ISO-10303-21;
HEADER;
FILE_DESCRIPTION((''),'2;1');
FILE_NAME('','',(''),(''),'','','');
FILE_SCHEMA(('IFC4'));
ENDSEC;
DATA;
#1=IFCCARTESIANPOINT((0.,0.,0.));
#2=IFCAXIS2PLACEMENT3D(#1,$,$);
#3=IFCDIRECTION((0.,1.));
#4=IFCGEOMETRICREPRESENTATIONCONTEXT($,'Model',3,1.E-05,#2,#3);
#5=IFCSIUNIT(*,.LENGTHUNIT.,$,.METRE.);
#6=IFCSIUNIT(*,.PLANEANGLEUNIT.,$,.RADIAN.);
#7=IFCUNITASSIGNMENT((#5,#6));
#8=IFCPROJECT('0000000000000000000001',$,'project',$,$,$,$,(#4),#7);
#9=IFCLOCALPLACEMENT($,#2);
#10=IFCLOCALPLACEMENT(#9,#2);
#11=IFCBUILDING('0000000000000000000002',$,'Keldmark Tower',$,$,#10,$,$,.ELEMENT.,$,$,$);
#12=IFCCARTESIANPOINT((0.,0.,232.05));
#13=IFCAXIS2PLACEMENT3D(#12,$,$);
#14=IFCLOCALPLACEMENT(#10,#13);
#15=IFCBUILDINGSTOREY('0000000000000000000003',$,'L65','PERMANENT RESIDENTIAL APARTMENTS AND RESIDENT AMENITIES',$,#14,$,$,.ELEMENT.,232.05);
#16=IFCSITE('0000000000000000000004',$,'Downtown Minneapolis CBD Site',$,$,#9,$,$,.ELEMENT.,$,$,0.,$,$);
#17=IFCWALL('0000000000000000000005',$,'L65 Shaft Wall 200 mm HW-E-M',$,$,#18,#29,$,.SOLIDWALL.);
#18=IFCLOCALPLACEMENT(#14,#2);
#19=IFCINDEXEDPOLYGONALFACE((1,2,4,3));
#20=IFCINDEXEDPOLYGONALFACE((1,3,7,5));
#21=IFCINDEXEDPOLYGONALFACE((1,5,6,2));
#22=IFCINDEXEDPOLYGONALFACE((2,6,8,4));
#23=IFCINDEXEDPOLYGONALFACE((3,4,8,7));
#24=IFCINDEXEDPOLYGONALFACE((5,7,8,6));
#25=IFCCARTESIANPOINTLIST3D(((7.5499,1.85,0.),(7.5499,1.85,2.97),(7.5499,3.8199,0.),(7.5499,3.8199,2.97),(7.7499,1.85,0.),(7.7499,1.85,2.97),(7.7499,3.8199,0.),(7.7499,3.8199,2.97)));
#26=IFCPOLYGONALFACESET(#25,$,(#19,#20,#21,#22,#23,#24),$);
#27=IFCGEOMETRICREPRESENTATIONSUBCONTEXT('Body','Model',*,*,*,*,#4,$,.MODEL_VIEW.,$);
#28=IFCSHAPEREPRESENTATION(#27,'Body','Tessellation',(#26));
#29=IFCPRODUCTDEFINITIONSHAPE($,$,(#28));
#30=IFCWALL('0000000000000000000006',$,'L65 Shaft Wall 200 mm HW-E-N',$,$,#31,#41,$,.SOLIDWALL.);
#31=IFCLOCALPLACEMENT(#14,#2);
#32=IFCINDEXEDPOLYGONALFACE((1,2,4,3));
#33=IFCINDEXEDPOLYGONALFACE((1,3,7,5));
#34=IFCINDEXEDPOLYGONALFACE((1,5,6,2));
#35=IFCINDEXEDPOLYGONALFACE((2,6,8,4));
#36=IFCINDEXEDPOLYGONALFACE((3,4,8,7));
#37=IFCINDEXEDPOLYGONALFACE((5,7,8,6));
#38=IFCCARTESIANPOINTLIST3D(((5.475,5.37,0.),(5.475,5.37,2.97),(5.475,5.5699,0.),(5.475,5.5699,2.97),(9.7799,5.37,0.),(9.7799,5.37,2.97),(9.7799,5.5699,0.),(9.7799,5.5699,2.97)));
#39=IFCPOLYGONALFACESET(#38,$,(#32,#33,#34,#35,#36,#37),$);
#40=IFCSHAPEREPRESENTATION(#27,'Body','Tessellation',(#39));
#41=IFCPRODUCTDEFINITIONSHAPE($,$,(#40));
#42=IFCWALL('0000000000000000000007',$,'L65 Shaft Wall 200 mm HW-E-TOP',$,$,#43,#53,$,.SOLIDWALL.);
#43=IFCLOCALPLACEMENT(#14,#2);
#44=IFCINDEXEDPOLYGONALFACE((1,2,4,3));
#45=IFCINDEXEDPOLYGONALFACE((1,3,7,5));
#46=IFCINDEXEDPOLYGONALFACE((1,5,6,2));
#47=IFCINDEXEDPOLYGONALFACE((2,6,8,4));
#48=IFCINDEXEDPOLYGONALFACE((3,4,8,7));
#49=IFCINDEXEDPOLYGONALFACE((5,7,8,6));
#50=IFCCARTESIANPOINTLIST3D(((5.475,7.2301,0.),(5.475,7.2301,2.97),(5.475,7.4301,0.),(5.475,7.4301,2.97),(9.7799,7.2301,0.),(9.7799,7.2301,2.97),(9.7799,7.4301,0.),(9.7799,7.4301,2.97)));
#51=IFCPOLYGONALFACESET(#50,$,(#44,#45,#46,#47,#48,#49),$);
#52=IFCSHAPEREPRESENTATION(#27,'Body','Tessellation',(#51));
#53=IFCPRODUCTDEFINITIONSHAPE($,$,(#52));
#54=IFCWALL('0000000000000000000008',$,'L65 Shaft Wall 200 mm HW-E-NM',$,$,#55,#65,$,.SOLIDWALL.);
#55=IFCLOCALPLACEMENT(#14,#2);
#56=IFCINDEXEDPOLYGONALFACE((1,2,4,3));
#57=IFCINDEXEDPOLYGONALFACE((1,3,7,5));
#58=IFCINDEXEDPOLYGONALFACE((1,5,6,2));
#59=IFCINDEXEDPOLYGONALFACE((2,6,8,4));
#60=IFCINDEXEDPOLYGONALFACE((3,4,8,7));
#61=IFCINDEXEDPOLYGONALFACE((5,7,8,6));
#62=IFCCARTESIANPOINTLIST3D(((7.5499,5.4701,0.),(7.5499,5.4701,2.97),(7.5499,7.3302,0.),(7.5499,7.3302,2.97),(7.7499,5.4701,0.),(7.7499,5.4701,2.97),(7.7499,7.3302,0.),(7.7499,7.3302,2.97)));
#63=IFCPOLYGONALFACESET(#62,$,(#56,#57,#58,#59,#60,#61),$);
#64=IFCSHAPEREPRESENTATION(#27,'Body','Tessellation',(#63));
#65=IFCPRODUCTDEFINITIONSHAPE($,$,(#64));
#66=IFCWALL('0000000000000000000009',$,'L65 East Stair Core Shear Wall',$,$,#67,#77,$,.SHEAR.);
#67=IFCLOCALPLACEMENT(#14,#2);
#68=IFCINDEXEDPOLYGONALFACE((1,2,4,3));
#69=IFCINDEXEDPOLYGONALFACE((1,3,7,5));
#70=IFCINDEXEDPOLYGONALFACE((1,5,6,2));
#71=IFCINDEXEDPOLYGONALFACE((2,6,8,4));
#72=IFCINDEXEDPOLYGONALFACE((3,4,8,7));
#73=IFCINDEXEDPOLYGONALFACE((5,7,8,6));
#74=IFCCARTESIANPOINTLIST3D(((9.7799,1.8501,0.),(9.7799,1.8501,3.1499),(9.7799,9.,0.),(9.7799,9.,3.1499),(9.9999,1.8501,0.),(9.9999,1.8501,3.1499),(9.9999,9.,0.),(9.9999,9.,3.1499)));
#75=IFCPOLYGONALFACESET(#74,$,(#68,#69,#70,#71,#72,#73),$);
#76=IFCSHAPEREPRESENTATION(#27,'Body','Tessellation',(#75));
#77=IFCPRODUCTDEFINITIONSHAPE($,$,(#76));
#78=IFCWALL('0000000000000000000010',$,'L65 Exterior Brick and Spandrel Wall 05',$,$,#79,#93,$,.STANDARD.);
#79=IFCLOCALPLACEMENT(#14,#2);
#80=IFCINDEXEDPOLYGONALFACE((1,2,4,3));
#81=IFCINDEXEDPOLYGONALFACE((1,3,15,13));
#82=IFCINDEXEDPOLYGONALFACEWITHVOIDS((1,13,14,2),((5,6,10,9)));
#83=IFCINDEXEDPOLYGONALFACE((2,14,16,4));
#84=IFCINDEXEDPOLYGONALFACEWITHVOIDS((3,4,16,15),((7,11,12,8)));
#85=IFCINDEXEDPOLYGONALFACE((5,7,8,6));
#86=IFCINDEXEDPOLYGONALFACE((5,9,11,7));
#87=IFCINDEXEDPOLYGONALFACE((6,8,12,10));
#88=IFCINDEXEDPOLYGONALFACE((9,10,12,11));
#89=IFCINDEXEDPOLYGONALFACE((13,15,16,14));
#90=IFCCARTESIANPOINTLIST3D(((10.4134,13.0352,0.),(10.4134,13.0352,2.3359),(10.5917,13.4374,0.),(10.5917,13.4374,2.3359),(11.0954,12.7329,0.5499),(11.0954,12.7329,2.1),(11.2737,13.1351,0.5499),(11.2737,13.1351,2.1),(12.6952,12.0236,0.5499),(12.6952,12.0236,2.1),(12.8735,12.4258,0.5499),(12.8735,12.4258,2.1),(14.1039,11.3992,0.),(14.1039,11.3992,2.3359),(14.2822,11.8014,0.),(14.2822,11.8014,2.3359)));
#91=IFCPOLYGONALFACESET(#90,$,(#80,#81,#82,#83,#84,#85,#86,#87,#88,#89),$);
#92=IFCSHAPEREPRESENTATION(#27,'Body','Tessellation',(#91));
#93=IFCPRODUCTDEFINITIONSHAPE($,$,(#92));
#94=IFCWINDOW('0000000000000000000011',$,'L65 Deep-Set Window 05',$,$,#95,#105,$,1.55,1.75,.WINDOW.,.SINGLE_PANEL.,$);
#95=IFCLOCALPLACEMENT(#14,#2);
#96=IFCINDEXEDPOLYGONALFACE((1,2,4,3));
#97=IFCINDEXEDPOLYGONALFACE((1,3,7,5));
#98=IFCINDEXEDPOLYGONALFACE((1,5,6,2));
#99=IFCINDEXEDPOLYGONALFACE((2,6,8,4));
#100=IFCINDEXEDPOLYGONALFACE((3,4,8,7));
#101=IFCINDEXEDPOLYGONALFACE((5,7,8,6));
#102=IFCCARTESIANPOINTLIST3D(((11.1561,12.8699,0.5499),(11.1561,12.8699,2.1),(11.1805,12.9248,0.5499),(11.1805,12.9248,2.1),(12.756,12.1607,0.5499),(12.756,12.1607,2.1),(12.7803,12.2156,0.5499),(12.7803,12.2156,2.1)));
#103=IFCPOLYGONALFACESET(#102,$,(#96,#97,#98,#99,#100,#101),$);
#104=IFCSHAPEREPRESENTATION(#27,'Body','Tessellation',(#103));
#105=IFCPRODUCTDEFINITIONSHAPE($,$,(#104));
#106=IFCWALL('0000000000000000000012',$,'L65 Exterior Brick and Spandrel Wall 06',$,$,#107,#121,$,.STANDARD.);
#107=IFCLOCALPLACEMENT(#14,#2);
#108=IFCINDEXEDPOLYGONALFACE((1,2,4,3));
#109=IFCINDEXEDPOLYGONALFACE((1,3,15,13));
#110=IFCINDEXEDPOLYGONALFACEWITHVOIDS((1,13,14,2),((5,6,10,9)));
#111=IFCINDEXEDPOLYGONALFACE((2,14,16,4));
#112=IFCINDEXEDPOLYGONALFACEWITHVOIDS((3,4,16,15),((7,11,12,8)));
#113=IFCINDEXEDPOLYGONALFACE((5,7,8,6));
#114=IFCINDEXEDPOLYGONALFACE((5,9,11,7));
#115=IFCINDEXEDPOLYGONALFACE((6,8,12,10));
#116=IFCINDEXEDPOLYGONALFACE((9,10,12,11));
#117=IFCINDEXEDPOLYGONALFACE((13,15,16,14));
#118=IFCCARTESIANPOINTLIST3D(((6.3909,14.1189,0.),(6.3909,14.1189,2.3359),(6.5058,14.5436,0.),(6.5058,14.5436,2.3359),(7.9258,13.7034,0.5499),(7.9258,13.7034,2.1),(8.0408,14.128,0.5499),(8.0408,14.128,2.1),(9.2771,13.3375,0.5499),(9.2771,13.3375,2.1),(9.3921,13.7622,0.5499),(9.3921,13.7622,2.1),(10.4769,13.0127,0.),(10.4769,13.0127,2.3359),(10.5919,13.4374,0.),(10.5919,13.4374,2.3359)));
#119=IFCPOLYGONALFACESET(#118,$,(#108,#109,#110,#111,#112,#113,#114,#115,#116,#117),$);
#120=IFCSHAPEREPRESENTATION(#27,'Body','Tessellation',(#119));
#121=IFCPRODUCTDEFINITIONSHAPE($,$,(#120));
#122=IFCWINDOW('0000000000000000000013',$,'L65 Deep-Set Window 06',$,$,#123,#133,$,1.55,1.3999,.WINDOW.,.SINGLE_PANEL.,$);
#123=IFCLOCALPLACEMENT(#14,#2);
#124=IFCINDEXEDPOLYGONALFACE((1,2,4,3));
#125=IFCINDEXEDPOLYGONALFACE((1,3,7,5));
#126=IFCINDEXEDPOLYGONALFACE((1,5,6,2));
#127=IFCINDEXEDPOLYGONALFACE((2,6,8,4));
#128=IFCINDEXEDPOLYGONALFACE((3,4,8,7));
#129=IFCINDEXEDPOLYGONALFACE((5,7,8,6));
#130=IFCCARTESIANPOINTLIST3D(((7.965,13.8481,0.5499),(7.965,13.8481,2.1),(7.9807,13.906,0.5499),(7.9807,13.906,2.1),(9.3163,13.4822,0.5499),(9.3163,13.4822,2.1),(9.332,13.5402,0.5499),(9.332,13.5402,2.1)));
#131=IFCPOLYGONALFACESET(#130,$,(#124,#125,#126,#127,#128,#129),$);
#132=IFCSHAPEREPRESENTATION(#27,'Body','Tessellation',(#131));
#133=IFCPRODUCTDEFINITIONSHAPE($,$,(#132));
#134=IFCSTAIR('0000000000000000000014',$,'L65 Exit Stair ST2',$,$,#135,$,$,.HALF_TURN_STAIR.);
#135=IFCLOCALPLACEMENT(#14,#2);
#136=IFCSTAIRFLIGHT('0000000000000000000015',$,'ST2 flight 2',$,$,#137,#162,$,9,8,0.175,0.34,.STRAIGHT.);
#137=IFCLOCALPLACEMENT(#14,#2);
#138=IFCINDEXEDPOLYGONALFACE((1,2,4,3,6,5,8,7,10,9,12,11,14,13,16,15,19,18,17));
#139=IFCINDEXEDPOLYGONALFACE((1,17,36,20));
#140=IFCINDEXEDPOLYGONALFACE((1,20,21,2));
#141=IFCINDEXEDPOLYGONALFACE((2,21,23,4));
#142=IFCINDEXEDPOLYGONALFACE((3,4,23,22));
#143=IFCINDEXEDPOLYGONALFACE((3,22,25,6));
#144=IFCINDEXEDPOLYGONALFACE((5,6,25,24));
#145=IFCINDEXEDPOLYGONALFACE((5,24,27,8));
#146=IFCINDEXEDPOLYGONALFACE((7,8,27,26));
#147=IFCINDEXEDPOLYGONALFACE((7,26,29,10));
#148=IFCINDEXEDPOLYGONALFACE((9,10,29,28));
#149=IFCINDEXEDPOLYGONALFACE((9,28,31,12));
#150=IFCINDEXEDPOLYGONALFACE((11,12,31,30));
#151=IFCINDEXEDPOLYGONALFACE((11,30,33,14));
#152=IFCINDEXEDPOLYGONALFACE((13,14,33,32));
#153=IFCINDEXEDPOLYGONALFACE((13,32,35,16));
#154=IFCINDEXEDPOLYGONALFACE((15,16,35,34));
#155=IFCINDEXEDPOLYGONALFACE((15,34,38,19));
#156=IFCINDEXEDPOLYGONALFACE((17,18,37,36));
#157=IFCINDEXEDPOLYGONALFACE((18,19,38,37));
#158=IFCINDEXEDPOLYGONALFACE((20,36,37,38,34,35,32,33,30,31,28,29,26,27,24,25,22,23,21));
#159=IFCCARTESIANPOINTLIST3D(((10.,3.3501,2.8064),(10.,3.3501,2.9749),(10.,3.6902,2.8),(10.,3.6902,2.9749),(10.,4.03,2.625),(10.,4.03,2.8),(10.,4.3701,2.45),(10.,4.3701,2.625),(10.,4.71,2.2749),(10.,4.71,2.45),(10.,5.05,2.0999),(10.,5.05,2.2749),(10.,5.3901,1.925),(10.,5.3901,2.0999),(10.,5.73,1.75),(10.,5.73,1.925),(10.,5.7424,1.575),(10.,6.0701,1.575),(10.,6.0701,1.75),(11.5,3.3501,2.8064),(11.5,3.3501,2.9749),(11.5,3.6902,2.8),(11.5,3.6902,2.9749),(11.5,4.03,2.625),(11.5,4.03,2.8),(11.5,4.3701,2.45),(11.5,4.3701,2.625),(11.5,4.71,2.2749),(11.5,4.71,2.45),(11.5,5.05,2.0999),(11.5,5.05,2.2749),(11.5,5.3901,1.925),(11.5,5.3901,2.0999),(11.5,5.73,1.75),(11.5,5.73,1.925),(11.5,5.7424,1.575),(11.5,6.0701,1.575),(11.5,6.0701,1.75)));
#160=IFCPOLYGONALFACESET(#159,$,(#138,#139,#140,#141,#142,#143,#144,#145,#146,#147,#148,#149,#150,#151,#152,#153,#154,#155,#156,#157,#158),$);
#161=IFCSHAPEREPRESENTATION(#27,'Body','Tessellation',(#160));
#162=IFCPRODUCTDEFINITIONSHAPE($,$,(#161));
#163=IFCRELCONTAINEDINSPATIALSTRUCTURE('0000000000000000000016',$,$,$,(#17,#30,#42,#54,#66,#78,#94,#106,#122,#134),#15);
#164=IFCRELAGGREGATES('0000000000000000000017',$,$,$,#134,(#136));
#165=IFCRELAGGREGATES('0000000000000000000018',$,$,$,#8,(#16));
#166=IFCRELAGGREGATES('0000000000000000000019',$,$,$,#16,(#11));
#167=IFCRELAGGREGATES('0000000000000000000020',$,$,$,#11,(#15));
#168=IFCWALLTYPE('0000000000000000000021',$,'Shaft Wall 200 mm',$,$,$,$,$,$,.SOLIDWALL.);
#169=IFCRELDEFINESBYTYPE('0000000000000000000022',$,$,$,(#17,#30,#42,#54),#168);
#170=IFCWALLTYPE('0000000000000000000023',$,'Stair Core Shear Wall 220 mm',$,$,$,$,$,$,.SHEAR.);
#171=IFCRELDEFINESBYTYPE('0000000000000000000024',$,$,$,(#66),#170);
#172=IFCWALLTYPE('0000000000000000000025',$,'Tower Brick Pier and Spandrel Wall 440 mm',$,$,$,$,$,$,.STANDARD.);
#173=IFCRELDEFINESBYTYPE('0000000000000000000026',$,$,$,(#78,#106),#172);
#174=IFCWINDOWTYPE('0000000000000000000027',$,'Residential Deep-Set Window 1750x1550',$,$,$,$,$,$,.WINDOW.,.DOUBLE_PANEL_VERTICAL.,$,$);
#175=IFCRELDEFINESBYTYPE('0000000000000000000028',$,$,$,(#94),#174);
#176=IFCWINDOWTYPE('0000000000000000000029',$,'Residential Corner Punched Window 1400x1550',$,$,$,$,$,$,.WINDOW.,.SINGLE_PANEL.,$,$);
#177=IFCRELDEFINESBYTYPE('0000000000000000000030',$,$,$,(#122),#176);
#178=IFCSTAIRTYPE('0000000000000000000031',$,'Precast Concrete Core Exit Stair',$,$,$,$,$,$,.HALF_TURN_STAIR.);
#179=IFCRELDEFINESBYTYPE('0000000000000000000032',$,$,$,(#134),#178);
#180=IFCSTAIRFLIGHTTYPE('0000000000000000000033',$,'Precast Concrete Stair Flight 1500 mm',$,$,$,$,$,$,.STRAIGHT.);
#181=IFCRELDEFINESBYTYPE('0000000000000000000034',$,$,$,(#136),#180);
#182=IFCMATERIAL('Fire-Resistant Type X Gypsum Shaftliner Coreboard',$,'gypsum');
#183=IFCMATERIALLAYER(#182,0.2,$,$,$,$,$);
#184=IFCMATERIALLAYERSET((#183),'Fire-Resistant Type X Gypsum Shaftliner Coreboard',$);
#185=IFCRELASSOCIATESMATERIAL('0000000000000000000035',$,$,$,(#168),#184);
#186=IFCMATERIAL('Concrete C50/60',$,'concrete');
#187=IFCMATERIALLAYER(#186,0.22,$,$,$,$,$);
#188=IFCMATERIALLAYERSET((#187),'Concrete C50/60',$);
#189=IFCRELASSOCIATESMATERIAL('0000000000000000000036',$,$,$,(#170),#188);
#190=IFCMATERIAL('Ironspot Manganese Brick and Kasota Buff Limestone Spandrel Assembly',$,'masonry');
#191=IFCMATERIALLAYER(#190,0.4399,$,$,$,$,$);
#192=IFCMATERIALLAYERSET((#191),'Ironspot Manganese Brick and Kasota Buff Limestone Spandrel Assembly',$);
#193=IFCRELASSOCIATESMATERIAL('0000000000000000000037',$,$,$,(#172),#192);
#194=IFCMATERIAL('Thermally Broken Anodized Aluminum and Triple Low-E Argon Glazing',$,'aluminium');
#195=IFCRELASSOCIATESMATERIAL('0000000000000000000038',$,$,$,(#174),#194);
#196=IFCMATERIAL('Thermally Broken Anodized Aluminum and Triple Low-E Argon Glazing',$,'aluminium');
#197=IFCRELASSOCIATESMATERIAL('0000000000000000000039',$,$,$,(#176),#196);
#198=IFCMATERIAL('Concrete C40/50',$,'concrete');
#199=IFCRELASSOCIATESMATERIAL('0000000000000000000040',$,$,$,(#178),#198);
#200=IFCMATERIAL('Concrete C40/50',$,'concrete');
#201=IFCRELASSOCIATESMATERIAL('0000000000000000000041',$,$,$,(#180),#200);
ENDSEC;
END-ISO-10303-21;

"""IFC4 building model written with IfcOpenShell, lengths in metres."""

from ifc_helpers import new_model, si_unit, direction, frame, frame_2d, origin, place, context, subcontext, project, spatial, polyline, rectangle, outline, extrude, material, layer, layer_set, type_object, element, fill, aggregate, save


model = new_model("IFC4")

# Units and contexts
model_context = context("Model", 3, precision=1e-05, world=origin(), true_north=direction((0.0, 1.0)))
body_context = subcontext(model_context, "Body", "Model", "MODEL_VIEW")
ifc_project = project(units=[si_unit("LENGTHUNIT", "METRE"), si_unit("PLANEANGLEUNIT", "RADIAN")], contexts=[model_context])

# Site, building, storey
site_placement = place(None, origin())
site = spatial("IfcSite", under=ifc_project, at=site_placement, Name="Downtown Minneapolis CBD Site", CompositionType="ELEMENT", RefElevation=0.0)
building_placement = place(site_placement, origin())
building = spatial("IfcBuilding", under=site, at=building_placement, Name="Keldmark Tower", CompositionType="ELEMENT")
storey_placement = place(building_placement, frame((0.0, 0.0, 232.05)))
storey = spatial("IfcBuildingStorey", under=building, at=storey_placement, Name="L65", Description="PERMANENT RESIDENTIAL APARTMENTS AND RESIDENT AMENITIES", CompositionType="ELEMENT", Elevation=232.05)

# Shared definitions
ifc_material_1 = material(Name="Fire-Resistant Type X Gypsum Shaftliner Coreboard", Category="gypsum")
ifc_layer_1 = layer(ifc_material_1, 0.2)
ifc_layer_set_1 = layer_set([ifc_layer_1], Name="Fire-Resistant Type X Gypsum Shaftliner Coreboard")
wall_type_1 = type_object("IfcWallType", Name="Shaft Wall 200 mm", PredefinedType="SOLIDWALL", material=ifc_layer_set_1)

# Walls
wall_1_placement = place(storey_placement, frame((7.6499, 1.8501, 0.0), z_axis=(0.0, 0.0, 1.0), x_axis=(0.0, 1.0, 0.0)))
element("IfcWall", 1, at=wall_1_placement, inside=storey, type_object=wall_type_1, Name="L65 Shaft Wall 200 mm HW-E-M", PredefinedType="SOLIDWALL", context=body_context, shape_type="SweptSolid", body=[
    extrude(rectangle(XDim=1.97, YDim=0.2, at=frame_2d((0.9849, 0.0))), origin(), (0.0, 0.0, 1.0), 2.97),
])
for number, where, z_axis, x_axis, name in (
    (2, (5.4751, 5.47, 0.0), (0.0, 0.0, 1.0), (1.0, 0.0, 0.0), "L65 Shaft Wall 200 mm HW-E-N"),
    (3, (5.4751, 7.3301, 0.0), (0.0, 0.0, 1.0), (1.0, 0.0, 0.0), "L65 Shaft Wall 200 mm HW-E-TOP"),
):
    element("IfcWall", number, at=place(storey_placement, frame(where, z_axis=z_axis, x_axis=x_axis)), inside=storey, type_object=wall_type_1, Name=name, PredefinedType="SOLIDWALL", context=body_context, shape_type="SweptSolid", body=[
        extrude(rectangle(XDim=4.3049, YDim=0.2, at=frame_2d((2.1523, 0.0))), origin(), (0.0, 0.0, 1.0), 2.97),
    ])
wall_2_placement = place(storey_placement, frame((7.6499, 5.47, 0.0), z_axis=(0.0, 0.0, 1.0), x_axis=(0.0, 1.0, 0.0)))
element("IfcWall", 4, at=wall_2_placement, inside=storey, type_object=wall_type_1, Name="L65 Shaft Wall 200 mm HW-E-NM", PredefinedType="SOLIDWALL", context=body_context, shape_type="SweptSolid", body=[
    extrude(rectangle(XDim=1.8601, YDim=0.2, at=frame_2d((0.9302, 0.0))), origin(), (0.0, 0.0, 1.0), 2.97),
])
ifc_material_2 = material(Name="Concrete C50/60", Category="concrete")
ifc_layer_2 = layer(ifc_material_2, 0.22)
ifc_layer_set_2 = layer_set([ifc_layer_2], Name="Concrete C50/60")
wall_type_2 = type_object("IfcWallType", Name="Stair Core Shear Wall 220 mm", PredefinedType="SHEAR", material=ifc_layer_set_2)
wall_3_placement = place(storey_placement, frame((9.8899, 1.8501, 0.0), z_axis=(0.0, 0.0, 1.0), x_axis=(0.0, 1.0, 0.0)))
element("IfcWall", 5, at=wall_3_placement, inside=storey, type_object=wall_type_2, Name="L65 East Stair Core Shear Wall", PredefinedType="SHEAR", context=body_context, shape_type="SweptSolid", body=[
    extrude(rectangle(XDim=7.1499, YDim=0.22, at=frame_2d((3.575, 0.0))), origin(), (0.0, 0.0, 1.0), 3.1499),
])

# Walls, openings, windows
ifc_material_3 = material(Name="Ironspot Manganese Brick and Kasota Buff Limestone Spandrel Assembly", Category="masonry")
ifc_layer_3 = layer(ifc_material_3, 0.4399)
ifc_layer_set_3 = layer_set([ifc_layer_3], Name="Ironspot Manganese Brick and Kasota Buff Limestone Spandrel Assembly")
wall_type_3 = type_object("IfcWallType", Name="Tower Brick Pier and Spandrel Wall 440 mm", PredefinedType="STANDARD", material=ifc_layer_set_3)
wall_4_placement = place(storey_placement, frame((10.5024, 13.2363, 0.0), z_axis=(0.0, 0.0, 1.0), x_axis=(0.914198, -0.405269, 0.0)))
wall_4 = element("IfcWall", 6, at=wall_4_placement, inside=storey, type_object=wall_type_3, Name="L65 Exterior Brick and Spandrel Wall 05", PredefinedType="STANDARD", context=body_context, shape_type="SweptSolid", body=[
    extrude(rectangle(XDim=4.0369, YDim=0.4399, at=frame_2d((2.0186, 0.0))), origin(), (0.0, 0.0, 1.0), 2.3359),
])
opening_1_placement = place(wall_4_placement, frame((0.7461, 0.0, 0.55)))
opening_1 = element("IfcOpeningElement", 7, at=opening_1_placement, cuts=wall_4, PredefinedType="OPENING", context=body_context, shape_type="SweptSolid", body=[
    extrude(rectangle(XDim=1.75, YDim=1.55, at=frame_2d((0.875, 0.7749))), frame((0.0, 0.23, 0.0), z_axis=(0.0, -1.0, 0.0), x_axis=(1.0, 0.0, 0.0)), (0.0, 0.0, 1.0), 0.46),
])
ifc_material_4 = material(Name="Thermally Broken Anodized Aluminum and Triple Low-E Argon Glazing", Category="aluminium")
window_type_1 = type_object("IfcWindowType", Name="Residential Deep-Set Window 1750x1550", PartitioningType="DOUBLE_PANEL_VERTICAL", PredefinedType="WINDOW", material=ifc_material_4)
window_1_placement = place(opening_1_placement, origin())
window_1 = element("IfcWindow", 8, at=window_1_placement, inside=storey, type_object=window_type_1, Name="L65 Deep-Set Window 05", OverallHeight=1.55, OverallWidth=1.75, PartitioningType="SINGLE_PANEL", PredefinedType="WINDOW", context=body_context, shape_type="SweptSolid", body=[
    extrude(rectangle(XDim=1.75, YDim=1.55, at=frame_2d((0.875, 0.7749))), frame((0.0, -0.01, 0.0), z_axis=(0.0, -1.0, 0.0), x_axis=(1.0, 0.0, 0.0)), (0.0, 0.0, 1.0), 0.0601),
])
fill(opening_1, window_1)
wall_5_placement = place(storey_placement, frame((6.4482, 14.3313, 0.0), z_axis=(0.0, 0.0, 1.0), x_axis=(0.965251, -0.261326, 0.0)))
wall_5 = element("IfcWall", 9, at=wall_5_placement, inside=storey, type_object=wall_type_3, Name="L65 Exterior Brick and Spandrel Wall 06", PredefinedType="STANDARD", context=body_context, shape_type="SweptSolid", body=[
    extrude(rectangle(XDim=4.2332, YDim=0.4399, at=frame_2d((2.1167, 0.0))), origin(), (0.0, 0.0, 1.0), 2.3359),
])
opening_2_placement = place(wall_5_placement, frame((1.5903, 0.0, 0.55)))
opening_2 = element("IfcOpeningElement", 10, at=opening_2_placement, cuts=wall_5, PredefinedType="OPENING", context=body_context, shape_type="SweptSolid", body=[
    extrude(rectangle(XDim=1.3999, YDim=1.55, at=frame_2d((0.7, 0.7749))), frame((0.0, 0.23, 0.0), z_axis=(0.0, -1.0, 0.0), x_axis=(1.0, 0.0, 0.0)), (0.0, 0.0, 1.0), 0.46),
])
ifc_material_5 = material(Name="Thermally Broken Anodized Aluminum and Triple Low-E Argon Glazing", Category="aluminium")
window_type_2 = type_object("IfcWindowType", Name="Residential Corner Punched Window 1400x1550", PartitioningType="SINGLE_PANEL", PredefinedType="WINDOW", material=ifc_material_5)
window_2_placement = place(opening_2_placement, origin())
window_2 = element("IfcWindow", 11, at=window_2_placement, inside=storey, type_object=window_type_2, Name="L65 Deep-Set Window 06", OverallHeight=1.55, OverallWidth=1.3999, PartitioningType="SINGLE_PANEL", PredefinedType="WINDOW", context=body_context, shape_type="SweptSolid", body=[
    extrude(rectangle(XDim=1.3999, YDim=1.55, at=frame_2d((0.7, 0.7749))), frame((0.0, -0.01, 0.0), z_axis=(0.0, -1.0, 0.0), x_axis=(1.0, 0.0, 0.0)), (0.0, 0.0, 1.0), 0.0601),
])
fill(opening_2, window_2)

# Stair, stair flight
ifc_material_6 = material(Name="Concrete C40/50", Category="concrete")
stair_type = type_object("IfcStairType", Name="Precast Concrete Core Exit Stair", PredefinedType="HALF_TURN_STAIR", material=ifc_material_6)
stair_placement = place(storey_placement, origin())
stair = element("IfcStair", 12, at=stair_placement, inside=storey, type_object=stair_type, Name="L65 Exit Stair ST2", PredefinedType="HALF_TURN_STAIR")
ifc_material_7 = material(Name="Concrete C40/50", Category="concrete")
stair_flight_type = type_object("IfcStairFlightType", Name="Precast Concrete Stair Flight 1500 mm", PredefinedType="STRAIGHT", material=ifc_material_7)
stair_flight_placement = place(storey_placement, frame((10.75, 6.0701, 1.575), z_axis=(0.0, 0.0, 1.0), x_axis=(0.0, -1.0, 0.0)))
stair_flight = element("IfcStairFlight", 13, at=stair_flight_placement, type_object=stair_flight_type, Name="ST2 flight 2", NumberOfRisers=9, NumberOfTreads=8, PredefinedType="STRAIGHT", RiserHeight=0.175, TreadLength=0.34, context=body_context, shape_type="SweptSolid", body=[
    extrude(outline(polyline([(0.0, 0.0), (0.0, 0.175), (0.3401, 0.175), (0.3401, 0.3501), (0.6799, 0.3501), (0.6799, 0.5249), (1.02, 0.5249), (1.02, 0.7), (1.3601, 0.7), (1.3601, 0.875), (1.7, 0.875), (1.7, 1.05), (2.04, 1.05), (2.04, 1.2251), (2.3799, 1.2251), (2.3799, 1.3999), (2.72, 1.3999), (2.72, 1.575), (2.72, 1.2314), (0.3276, 0.0), (0.0, 0.0)])), frame((0.0, 0.75, 0.0), z_axis=(0.0, -1.0, 0.0), x_axis=(1.0, 0.0, 0.0)), (0.0, 0.0, 1.0), 1.5),
])
aggregate(stair, [stair_flight])

save(model, "model.ifc")
